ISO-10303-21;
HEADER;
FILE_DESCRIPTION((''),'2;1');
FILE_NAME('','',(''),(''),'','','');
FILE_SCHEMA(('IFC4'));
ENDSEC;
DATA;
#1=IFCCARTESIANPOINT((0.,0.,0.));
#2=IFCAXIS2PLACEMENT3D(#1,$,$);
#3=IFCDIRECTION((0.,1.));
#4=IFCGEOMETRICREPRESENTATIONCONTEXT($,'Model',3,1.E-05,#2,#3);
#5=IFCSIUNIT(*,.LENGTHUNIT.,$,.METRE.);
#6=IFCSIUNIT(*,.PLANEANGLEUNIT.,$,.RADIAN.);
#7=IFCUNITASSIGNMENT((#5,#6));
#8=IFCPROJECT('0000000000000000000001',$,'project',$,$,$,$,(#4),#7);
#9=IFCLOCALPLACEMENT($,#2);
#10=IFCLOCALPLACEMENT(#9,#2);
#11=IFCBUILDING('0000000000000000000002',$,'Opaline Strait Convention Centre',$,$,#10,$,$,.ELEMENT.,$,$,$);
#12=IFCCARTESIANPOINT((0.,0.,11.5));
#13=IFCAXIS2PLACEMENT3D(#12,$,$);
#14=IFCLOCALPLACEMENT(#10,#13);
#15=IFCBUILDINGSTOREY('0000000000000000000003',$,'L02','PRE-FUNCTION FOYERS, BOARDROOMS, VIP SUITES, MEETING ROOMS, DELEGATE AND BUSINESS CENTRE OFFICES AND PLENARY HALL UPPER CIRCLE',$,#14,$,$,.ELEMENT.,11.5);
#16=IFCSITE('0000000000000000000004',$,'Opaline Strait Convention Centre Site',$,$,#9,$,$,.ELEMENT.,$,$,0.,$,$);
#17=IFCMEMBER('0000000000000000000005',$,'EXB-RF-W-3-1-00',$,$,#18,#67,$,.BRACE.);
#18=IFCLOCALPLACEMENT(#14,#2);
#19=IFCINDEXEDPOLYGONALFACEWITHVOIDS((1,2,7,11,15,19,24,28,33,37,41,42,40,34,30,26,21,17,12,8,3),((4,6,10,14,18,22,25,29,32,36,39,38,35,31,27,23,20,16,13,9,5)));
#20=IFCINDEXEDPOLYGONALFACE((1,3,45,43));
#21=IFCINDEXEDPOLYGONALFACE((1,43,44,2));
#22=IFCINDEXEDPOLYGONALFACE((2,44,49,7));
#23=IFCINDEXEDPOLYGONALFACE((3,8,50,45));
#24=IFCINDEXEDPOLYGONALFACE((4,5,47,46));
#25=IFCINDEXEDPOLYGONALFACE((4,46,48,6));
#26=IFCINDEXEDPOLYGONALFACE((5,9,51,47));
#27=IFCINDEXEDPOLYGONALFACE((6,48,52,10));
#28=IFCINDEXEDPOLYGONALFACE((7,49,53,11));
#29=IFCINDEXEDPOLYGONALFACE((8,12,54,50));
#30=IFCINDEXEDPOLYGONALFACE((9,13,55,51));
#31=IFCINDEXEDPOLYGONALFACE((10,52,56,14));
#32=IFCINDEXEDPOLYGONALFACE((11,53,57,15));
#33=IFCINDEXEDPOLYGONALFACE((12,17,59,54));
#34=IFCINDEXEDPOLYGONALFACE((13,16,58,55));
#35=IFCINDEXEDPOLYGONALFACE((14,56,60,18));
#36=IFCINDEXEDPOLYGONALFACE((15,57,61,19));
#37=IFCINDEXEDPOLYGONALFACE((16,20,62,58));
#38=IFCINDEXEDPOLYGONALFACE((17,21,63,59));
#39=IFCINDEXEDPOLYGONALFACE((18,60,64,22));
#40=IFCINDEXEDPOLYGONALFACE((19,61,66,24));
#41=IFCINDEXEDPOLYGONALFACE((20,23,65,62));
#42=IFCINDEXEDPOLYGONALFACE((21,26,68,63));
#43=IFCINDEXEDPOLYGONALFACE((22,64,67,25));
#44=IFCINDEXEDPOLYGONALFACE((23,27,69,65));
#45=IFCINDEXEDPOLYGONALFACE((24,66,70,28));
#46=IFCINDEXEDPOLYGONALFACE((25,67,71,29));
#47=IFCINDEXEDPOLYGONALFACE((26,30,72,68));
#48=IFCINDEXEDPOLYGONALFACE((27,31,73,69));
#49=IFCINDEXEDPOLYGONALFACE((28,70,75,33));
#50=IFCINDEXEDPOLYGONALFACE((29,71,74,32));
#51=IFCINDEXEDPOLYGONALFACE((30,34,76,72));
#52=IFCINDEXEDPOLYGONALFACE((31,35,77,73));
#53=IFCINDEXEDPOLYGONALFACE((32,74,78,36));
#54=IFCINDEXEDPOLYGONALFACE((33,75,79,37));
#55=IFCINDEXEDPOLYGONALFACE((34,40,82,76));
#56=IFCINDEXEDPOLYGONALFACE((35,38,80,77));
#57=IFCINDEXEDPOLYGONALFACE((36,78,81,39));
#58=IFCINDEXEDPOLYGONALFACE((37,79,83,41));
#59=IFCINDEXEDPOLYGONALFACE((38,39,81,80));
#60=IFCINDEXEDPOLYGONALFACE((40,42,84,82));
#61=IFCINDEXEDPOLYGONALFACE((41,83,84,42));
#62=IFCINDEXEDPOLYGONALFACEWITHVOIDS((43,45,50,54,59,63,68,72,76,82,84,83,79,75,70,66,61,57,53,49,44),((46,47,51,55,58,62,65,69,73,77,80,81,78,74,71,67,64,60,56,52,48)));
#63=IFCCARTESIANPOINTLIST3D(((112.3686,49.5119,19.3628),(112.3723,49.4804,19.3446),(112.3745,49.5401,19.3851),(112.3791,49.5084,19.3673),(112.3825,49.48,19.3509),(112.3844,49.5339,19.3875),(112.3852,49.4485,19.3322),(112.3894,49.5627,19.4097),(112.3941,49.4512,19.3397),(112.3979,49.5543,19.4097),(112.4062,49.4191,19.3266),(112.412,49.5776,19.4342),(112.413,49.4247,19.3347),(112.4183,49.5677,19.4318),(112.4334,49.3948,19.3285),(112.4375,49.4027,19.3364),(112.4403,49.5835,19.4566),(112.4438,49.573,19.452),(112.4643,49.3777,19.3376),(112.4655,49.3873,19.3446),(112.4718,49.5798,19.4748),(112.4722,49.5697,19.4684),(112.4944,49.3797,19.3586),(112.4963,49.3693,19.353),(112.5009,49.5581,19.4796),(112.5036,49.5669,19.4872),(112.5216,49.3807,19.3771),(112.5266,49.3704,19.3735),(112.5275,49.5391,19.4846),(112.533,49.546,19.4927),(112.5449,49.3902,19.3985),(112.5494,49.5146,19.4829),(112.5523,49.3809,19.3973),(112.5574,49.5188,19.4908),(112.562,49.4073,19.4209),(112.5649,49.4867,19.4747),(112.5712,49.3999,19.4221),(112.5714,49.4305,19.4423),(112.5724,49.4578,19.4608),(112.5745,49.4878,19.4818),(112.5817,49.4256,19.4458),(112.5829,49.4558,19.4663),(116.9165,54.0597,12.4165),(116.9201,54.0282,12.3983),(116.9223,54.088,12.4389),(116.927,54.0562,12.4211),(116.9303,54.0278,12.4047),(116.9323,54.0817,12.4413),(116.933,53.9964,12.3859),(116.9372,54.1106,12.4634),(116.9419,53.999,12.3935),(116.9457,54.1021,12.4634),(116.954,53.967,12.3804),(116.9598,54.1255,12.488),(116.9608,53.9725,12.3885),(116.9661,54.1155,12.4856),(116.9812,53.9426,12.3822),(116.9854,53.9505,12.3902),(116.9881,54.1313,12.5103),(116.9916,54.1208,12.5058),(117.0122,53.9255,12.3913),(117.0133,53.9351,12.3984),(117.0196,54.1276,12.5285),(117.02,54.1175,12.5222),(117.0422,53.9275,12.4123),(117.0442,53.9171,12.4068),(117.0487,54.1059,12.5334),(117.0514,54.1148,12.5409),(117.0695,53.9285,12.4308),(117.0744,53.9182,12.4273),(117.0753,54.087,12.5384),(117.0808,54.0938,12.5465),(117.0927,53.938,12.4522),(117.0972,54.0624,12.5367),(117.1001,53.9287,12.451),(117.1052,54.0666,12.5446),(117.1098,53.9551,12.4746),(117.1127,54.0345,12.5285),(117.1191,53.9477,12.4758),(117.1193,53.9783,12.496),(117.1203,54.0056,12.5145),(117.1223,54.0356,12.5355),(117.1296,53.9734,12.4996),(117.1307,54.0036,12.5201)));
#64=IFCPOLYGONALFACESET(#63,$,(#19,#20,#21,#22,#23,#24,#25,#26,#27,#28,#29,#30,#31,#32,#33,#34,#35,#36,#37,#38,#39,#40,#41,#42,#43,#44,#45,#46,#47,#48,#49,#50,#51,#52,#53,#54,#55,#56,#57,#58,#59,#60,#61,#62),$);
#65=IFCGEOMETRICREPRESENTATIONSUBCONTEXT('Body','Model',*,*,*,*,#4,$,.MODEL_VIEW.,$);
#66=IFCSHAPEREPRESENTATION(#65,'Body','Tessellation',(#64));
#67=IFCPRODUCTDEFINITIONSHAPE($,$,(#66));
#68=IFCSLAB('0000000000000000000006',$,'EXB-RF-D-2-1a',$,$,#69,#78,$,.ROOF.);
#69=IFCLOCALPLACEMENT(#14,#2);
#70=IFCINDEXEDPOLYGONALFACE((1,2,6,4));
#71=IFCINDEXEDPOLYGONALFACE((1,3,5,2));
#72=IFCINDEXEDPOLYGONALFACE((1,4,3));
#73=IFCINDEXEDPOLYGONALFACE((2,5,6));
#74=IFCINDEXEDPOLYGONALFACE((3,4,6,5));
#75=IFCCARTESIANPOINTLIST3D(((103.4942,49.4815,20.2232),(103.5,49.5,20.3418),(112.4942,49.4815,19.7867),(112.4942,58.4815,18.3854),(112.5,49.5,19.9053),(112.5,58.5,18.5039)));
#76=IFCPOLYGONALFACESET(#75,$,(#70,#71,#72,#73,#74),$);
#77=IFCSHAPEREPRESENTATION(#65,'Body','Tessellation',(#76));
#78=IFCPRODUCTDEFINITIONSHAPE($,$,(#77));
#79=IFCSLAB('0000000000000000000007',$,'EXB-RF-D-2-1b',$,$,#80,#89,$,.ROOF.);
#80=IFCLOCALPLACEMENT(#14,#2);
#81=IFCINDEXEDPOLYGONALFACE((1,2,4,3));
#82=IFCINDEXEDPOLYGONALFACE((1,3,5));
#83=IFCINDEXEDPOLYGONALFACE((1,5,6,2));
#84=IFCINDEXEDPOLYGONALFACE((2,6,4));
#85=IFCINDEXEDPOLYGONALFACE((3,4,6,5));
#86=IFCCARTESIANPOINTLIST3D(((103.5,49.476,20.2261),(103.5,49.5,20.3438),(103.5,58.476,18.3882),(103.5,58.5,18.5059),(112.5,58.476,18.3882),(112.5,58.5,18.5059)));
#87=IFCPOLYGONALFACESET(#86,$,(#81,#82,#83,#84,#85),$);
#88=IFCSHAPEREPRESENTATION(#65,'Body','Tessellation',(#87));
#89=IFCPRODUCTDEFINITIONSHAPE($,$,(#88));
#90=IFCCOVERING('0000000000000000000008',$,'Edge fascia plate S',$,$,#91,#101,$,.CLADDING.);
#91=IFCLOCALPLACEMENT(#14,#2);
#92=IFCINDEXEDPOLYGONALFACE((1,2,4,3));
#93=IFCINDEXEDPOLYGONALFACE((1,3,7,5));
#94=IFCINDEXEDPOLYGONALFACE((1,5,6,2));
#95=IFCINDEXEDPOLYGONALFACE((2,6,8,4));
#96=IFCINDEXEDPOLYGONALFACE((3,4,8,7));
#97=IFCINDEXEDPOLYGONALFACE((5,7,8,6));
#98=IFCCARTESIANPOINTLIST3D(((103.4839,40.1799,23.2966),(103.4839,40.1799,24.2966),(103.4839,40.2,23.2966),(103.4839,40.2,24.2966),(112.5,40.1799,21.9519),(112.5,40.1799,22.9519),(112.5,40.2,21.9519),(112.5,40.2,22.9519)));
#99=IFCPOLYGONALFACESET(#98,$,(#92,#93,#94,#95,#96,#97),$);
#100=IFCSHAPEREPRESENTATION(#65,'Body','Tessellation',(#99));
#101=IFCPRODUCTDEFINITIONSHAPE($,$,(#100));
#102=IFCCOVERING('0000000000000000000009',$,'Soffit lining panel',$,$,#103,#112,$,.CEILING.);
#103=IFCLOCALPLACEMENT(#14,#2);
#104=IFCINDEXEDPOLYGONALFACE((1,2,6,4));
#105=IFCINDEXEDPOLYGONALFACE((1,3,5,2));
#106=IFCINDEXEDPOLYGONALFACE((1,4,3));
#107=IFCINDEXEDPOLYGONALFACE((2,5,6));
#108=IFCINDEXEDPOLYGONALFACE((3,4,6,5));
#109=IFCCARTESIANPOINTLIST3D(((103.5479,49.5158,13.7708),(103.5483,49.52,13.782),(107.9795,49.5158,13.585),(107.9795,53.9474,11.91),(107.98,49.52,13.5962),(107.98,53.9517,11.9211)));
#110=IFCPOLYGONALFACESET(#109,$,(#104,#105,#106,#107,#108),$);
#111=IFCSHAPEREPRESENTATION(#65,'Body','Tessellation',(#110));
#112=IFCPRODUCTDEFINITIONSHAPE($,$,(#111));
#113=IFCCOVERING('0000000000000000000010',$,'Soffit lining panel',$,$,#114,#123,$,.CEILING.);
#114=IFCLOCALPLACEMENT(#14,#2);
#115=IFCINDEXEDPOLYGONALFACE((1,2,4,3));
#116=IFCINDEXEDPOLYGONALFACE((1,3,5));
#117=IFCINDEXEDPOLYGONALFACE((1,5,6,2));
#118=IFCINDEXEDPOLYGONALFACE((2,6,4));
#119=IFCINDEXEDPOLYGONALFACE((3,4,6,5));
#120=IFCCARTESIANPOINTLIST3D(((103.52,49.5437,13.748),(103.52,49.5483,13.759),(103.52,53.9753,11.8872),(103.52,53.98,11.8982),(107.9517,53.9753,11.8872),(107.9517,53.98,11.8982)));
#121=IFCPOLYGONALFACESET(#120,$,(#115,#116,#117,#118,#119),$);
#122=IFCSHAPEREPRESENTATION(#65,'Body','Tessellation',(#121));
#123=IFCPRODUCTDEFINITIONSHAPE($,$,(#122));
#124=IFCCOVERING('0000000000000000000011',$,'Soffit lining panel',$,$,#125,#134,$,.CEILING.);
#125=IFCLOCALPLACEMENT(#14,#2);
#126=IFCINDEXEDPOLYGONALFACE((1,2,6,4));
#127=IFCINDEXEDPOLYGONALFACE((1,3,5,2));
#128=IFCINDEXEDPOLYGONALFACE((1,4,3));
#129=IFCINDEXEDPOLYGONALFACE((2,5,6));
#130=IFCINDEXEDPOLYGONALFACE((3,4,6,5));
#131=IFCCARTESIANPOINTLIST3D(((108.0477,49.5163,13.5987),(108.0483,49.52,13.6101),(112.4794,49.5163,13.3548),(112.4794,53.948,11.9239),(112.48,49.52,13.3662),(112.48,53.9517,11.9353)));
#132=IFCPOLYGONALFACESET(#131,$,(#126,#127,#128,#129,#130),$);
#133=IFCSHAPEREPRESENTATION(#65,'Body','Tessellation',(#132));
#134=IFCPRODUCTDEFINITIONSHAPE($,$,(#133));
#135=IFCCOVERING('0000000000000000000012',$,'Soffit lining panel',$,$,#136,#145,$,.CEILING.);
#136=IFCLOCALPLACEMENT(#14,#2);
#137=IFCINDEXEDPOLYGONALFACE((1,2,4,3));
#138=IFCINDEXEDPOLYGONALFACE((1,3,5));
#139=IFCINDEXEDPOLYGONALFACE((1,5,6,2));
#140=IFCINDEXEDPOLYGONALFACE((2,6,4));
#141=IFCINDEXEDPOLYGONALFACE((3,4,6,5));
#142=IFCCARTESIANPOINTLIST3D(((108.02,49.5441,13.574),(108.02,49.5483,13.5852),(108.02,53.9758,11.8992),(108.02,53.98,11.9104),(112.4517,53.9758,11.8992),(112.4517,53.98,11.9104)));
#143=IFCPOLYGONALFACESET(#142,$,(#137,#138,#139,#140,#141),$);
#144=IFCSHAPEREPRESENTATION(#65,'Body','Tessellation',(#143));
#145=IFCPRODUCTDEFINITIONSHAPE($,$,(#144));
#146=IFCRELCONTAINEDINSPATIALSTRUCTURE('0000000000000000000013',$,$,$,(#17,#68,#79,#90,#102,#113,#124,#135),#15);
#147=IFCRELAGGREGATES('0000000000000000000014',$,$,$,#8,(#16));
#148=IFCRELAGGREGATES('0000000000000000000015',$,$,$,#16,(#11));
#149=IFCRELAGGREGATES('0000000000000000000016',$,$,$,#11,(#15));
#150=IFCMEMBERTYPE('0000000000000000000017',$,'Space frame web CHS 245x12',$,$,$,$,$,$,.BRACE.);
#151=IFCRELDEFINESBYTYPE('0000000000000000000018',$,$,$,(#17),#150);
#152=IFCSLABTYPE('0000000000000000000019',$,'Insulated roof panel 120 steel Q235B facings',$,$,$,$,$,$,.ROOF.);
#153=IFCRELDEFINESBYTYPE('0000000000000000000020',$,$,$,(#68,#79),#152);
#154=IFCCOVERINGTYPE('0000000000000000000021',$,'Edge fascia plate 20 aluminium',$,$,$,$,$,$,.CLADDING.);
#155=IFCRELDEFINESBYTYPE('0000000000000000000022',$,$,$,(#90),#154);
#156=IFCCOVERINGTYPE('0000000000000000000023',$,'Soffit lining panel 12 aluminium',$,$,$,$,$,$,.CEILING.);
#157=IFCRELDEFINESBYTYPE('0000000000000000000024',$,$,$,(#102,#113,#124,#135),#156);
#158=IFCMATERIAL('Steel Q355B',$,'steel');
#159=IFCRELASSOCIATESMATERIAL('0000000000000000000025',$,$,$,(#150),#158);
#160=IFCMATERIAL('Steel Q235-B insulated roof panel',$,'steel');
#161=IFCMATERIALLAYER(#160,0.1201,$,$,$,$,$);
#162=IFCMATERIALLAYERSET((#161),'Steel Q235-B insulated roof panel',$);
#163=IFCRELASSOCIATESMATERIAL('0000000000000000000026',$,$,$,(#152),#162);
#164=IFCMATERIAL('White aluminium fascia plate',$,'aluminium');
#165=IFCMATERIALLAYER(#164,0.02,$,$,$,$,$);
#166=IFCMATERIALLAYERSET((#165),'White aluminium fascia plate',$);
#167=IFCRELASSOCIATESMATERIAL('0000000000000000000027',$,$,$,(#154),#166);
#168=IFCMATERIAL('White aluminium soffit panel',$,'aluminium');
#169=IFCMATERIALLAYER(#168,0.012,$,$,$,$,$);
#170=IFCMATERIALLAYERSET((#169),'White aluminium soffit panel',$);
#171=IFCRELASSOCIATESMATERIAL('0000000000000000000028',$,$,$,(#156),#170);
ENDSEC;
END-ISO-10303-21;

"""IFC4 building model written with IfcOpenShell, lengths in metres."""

from ifc_helpers import new_model, si_unit, direction, frame, origin, origin_2d, place, context, subcontext, project, spatial, polyline, hollow_circle, outline, extrude, material, layer, layer_set, material_profile, profile_set, type_object, element, save


model = new_model("IFC4")

# Units and contexts
model_context = context("Model", 3, precision=1e-05, world=origin(), true_north=direction((0.0, 1.0)))
body_context = subcontext(model_context, "Body", "Model", "MODEL_VIEW")
ifc_project = project(units=[si_unit("LENGTHUNIT", "METRE"), si_unit("PLANEANGLEUNIT", "RADIAN")], contexts=[model_context])

# Site, building, storey
site_placement = place(None, origin())
site = spatial("IfcSite", under=ifc_project, at=site_placement, Name="Opaline Strait Convention Centre Site", CompositionType="ELEMENT", RefElevation=0.0)
building_placement = place(site_placement, origin())
building = spatial("IfcBuilding", under=site, at=building_placement, Name="Opaline Strait Convention Centre", CompositionType="ELEMENT")
storey_placement = place(building_placement, frame((0.0, 0.0, 11.5)))
storey = spatial("IfcBuildingStorey", under=building, at=storey_placement, Name="L02", Description="PRE-FUNCTION FOYERS, BOARDROOMS, VIP SUITES, MEETING ROOMS, DELEGATE AND BUSINESS CENTRE OFFICES AND PLENARY HALL UPPER CIRCLE", CompositionType="ELEMENT", Elevation=11.5)

# Member
ifc_material_1 = material(Name="Steel Q355B", Category="steel")
ifc_material_profile_1 = material_profile(ifc_material_1, hollow_circle(Radius=0.1226, WallThickness=0.012, at=origin_2d()), Name="CHS 245x12")
ifc_profile_set_1 = profile_set([ifc_material_profile_1], Name="Steel Q355B")
member_type_1 = type_object("IfcMemberType", Name="Space frame web CHS 245x12", PredefinedType="BRACE", material=ifc_profile_set_1)
member_1_placement = place(storey_placement, frame((112.4761, 49.4761, 19.4097), z_axis=(0.480409, 0.480409, -0.733767), x_axis=(-0.707107, 0.707107, 0.0)))
element("IfcMember", 1, at=member_1_placement, inside=storey, type_object=member_type_1, Name="EXB-RF-W-3-1-00", PredefinedType="BRACE", context=body_context, shape_type="SweptSolid", body=[
    extrude(hollow_circle(Radius=0.1226, WallThickness=0.012, at=origin_2d()), origin(), (0.0, 0.0, 1.0), 9.4666),
])

# Slabs
ifc_material_2 = material(Name="Steel Q235-B insulated roof panel", Category="steel")
ifc_layer_1 = layer(ifc_material_2, 0.1201)
ifc_layer_set_1 = layer_set([ifc_layer_1], Name="Steel Q235-B insulated roof panel")
slab_type = type_object("IfcSlabType", Name="Insulated roof panel 120 steel Q235B facings", PredefinedType="ROOF", material=ifc_layer_set_1)
slab_1_placement = place(storey_placement, frame((103.5, 49.5, 20.3418), z_axis=(0.04787, 0.153677, 0.986961), x_axis=(0.998826, 0.0, -0.048446)))
element("IfcSlab", 2, at=slab_1_placement, inside=storey, type_object=slab_type, Name="EXB-RF-D-2-1a", PredefinedType="ROOF", context=body_context, shape_type="SweptSolid", body=[
    extrude(outline(polyline([(0.0, 0.0), (9.0106, 0.0), (9.0785, 9.1082), (0.0, 0.0)])), origin(), (0.0, 0.0, -1.0), 0.1201),
])
slab_2_placement = place(storey_placement, frame((103.5, 49.5, 20.3438), z_axis=(0.0, 0.200081, 0.979779), x_axis=(0.699848, 0.699848, -0.142916)))
element("IfcSlab", 3, at=slab_2_placement, inside=storey, type_object=slab_type, Name="EXB-RF-D-2-1b", PredefinedType="ROOF", context=body_context, shape_type="SweptSolid", body=[
    extrude(outline(polyline([(0.0, 0.0), (12.8599, 0.0), (6.5613, 6.4286), (0.0, 0.0)])), origin(), (0.0, 0.0, -1.0), 0.1201),
])

# Coverings
ifc_material_3 = material(Name="White aluminium fascia plate", Category="aluminium")
ifc_layer_2 = layer(ifc_material_3, 0.02)
ifc_layer_set_2 = layer_set([ifc_layer_2], Name="White aluminium fascia plate")
covering_type_1 = type_object("IfcCoveringType", Name="Edge fascia plate 20 aluminium", PredefinedType="CLADDING", material=ifc_layer_set_2)
covering_1_placement = place(storey_placement, frame((107.9919, 40.2, 23.1243), z_axis=(0.0, -1.0, 0.0), x_axis=(1.0, 0.0, 0.0)))
element("IfcCovering", 4, at=covering_1_placement, inside=storey, type_object=covering_type_1, Name="Edge fascia plate S", PredefinedType="CLADDING", context=body_context, shape_type="SweptSolid", body=[
    extrude(outline(polyline([(-4.5081, 1.1724), (4.5081, -0.1724), (4.5081, -1.1724), (-4.5081, 0.1724), (-4.5081, 1.1724)])), origin(), (0.0, 0.0, 1.0), 0.02),
])
ifc_material_4 = material(Name="White aluminium soffit panel", Category="aluminium")
ifc_layer_3 = layer(ifc_material_4, 0.012)
ifc_layer_set_3 = layer_set([ifc_layer_3], Name="White aluminium soffit panel")
covering_type_2 = type_object("IfcCoveringType", Name="Soffit lining panel 12 aluminium", PredefinedType="CEILING", material=ifc_layer_set_3)
covering_2_placement = place(storey_placement, frame((103.5483, 49.52, 13.782), z_axis=(0.039186, 0.35329, 0.934693), x_axis=(0.677859, 0.677859, -0.284632)))
element("IfcCovering", 5, at=covering_2_placement, inside=storey, type_object=covering_type_2, Name="Soffit lining panel", PredefinedType="CEILING", context=body_context, shape_type="SweptSolid", body=[
    extrude(outline(polyline([(0.0, 0.0), (6.5377, 0.0), (3.0569, -3.2139), (0.0, 0.0)])), origin(), (0.0, 0.0, -1.0), 0.012),
])
covering_3_placement = place(storey_placement, frame((103.52, 49.5483, 13.759), z_axis=(0.0, 0.387153, 0.922015), x_axis=(0.0, 0.922015, -0.387153)))
element("IfcCovering", 6, at=covering_3_placement, inside=storey, type_object=covering_type_2, Name="Soffit lining panel", PredefinedType="CEILING", context=body_context, shape_type="SweptSolid", body=[
    extrude(outline(polyline([(0.0, 0.0), (4.8065, 0.0), (4.8065, -4.4316), (0.0, 0.0)])), origin(), (0.0, 0.0, -1.0), 0.012),
])
covering_4_placement = place(storey_placement, frame((108.0483, 49.52, 13.6101), z_axis=(0.052301, 0.306844, 0.950322), x_axis=(0.683135, 0.683135, -0.25817)))
element("IfcCovering", 7, at=covering_4_placement, inside=storey, type_object=covering_type_2, Name="Soffit lining panel", PredefinedType="CEILING", context=body_context, shape_type="SweptSolid", body=[
    extrude(outline(polyline([(0.0, 0.0), (6.4872, 0.0), (3.0904, -3.1857), (0.0, 0.0)])), origin(), (0.0, 0.0, -1.0), 0.012),
])
covering_5_placement = place(storey_placement, frame((108.02, 49.5483, 13.5852), z_axis=(0.0, 0.353517, 0.935428), x_axis=(0.0, 0.935428, -0.353517)))
element("IfcCovering", 8, at=covering_5_placement, inside=storey, type_object=covering_type_2, Name="Soffit lining panel", PredefinedType="CEILING", context=body_context, shape_type="SweptSolid", body=[
    extrude(outline(polyline([(0.0, 0.0), (4.7376, 0.0), (4.7376, -4.4316), (0.0, 0.0)])), origin(), (0.0, 0.0, -1.0), 0.012),
])

save(model, "model.ifc")
